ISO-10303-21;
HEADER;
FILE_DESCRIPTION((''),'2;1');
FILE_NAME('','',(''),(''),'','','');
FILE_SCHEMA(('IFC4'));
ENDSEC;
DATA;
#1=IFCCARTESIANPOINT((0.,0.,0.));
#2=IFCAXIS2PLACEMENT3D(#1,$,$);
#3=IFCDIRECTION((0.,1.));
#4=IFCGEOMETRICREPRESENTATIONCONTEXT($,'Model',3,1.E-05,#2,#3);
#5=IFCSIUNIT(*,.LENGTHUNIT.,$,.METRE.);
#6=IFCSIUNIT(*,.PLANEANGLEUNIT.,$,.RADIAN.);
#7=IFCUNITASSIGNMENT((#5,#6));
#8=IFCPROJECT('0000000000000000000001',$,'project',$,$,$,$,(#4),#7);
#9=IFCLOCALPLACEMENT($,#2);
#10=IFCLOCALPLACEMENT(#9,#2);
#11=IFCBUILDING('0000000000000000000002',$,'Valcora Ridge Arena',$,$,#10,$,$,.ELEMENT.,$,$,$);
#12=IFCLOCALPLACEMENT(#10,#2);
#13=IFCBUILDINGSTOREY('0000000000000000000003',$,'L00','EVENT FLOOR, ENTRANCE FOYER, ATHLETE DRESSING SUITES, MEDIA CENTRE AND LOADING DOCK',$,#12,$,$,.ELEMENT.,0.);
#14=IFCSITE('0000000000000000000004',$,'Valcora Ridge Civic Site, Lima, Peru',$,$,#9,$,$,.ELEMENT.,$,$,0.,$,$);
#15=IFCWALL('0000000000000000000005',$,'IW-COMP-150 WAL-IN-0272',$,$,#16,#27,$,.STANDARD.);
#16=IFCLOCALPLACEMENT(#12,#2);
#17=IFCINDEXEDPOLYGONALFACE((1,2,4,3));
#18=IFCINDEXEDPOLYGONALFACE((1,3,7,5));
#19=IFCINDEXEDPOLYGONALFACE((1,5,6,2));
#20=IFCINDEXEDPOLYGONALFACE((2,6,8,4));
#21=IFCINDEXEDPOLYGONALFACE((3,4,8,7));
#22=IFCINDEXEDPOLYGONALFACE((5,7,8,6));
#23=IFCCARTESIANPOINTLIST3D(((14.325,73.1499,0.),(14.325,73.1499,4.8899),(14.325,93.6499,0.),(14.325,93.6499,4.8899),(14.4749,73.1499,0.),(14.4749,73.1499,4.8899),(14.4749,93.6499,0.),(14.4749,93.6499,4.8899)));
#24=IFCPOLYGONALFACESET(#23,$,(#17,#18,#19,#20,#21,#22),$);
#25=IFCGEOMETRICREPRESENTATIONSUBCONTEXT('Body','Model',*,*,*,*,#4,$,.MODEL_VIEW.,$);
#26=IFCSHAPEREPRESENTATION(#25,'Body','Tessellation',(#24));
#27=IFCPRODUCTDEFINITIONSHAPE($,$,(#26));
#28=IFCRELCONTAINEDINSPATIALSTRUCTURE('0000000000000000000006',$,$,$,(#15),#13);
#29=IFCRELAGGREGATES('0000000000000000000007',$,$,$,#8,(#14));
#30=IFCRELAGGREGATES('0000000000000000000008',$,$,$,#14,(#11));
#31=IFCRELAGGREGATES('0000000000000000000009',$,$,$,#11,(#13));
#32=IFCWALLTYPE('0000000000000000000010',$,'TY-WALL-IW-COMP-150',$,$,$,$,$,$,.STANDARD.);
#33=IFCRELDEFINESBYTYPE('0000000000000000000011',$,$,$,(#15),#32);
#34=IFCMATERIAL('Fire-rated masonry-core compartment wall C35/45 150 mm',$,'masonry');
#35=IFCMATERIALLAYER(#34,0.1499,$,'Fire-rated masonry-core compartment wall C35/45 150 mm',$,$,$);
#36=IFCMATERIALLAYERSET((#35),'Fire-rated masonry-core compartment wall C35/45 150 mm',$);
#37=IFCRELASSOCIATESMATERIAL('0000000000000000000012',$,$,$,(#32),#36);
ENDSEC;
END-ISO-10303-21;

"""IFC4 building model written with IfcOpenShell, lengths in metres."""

from ifc_helpers import new_model, si_unit, direction, frame, frame_2d, origin, place, context, subcontext, project, spatial, rectangle, extrude, material, layer, layer_set, type_object, element, save


model = new_model("IFC4")

# Units and contexts
model_context = context("Model", 3, precision=1e-05, world=origin(), true_north=direction((0.0, 1.0)))
body_context = subcontext(model_context, "Body", "Model", "MODEL_VIEW")
ifc_project = project(units=[si_unit("LENGTHUNIT", "METRE"), si_unit("PLANEANGLEUNIT", "RADIAN")], contexts=[model_context])

# Site, building, storey
site_placement = place(None, origin())
site = spatial("IfcSite", under=ifc_project, at=site_placement, Name="Valcora Ridge Civic Site, Lima, Peru", CompositionType="ELEMENT", RefElevation=0.0)
building_placement = place(site_placement, origin())
building = spatial("IfcBuilding", under=site, at=building_placement, Name="Valcora Ridge Arena", CompositionType="ELEMENT")
storey_placement = place(building_placement, origin())
storey = spatial("IfcBuildingStorey", under=building, at=storey_placement, Name="L00", Description="EVENT FLOOR, ENTRANCE FOYER, ATHLETE DRESSING SUITES, MEDIA CENTRE AND LOADING DOCK", CompositionType="ELEMENT", Elevation=0.0)

# Wall
ifc_material_1 = material(Name="Fire-rated masonry-core compartment wall C35/45 150 mm", Category="masonry")
ifc_layer_1 = layer(ifc_material_1, 0.1499, Name="Fire-rated masonry-core compartment wall C35/45 150 mm")
ifc_layer_set_1 = layer_set([ifc_layer_1], Name="Fire-rated masonry-core compartment wall C35/45 150 mm")
wall_type = type_object("IfcWallType", Name="TY-WALL-IW-COMP-150", PredefinedType="STANDARD", material=ifc_layer_set_1)
wall_placement = place(storey_placement, frame((14.3999, 73.1499, 0.0), z_axis=(0.0, 0.0, 1.0), x_axis=(0.0, 1.0, 0.0)))
element("IfcWall", 1, at=wall_placement, inside=storey, type_object=wall_type, Name="IW-COMP-150 WAL-IN-0272", PredefinedType="STANDARD", context=body_context, shape_type="SweptSolid", body=[
    extrude(rectangle(XDim=20.5, YDim=0.1499, at=frame_2d((10.25, 0.0))), origin(), (0.0, 0.0, 1.0), 4.8899),
])

save(model, "model.ifc")
